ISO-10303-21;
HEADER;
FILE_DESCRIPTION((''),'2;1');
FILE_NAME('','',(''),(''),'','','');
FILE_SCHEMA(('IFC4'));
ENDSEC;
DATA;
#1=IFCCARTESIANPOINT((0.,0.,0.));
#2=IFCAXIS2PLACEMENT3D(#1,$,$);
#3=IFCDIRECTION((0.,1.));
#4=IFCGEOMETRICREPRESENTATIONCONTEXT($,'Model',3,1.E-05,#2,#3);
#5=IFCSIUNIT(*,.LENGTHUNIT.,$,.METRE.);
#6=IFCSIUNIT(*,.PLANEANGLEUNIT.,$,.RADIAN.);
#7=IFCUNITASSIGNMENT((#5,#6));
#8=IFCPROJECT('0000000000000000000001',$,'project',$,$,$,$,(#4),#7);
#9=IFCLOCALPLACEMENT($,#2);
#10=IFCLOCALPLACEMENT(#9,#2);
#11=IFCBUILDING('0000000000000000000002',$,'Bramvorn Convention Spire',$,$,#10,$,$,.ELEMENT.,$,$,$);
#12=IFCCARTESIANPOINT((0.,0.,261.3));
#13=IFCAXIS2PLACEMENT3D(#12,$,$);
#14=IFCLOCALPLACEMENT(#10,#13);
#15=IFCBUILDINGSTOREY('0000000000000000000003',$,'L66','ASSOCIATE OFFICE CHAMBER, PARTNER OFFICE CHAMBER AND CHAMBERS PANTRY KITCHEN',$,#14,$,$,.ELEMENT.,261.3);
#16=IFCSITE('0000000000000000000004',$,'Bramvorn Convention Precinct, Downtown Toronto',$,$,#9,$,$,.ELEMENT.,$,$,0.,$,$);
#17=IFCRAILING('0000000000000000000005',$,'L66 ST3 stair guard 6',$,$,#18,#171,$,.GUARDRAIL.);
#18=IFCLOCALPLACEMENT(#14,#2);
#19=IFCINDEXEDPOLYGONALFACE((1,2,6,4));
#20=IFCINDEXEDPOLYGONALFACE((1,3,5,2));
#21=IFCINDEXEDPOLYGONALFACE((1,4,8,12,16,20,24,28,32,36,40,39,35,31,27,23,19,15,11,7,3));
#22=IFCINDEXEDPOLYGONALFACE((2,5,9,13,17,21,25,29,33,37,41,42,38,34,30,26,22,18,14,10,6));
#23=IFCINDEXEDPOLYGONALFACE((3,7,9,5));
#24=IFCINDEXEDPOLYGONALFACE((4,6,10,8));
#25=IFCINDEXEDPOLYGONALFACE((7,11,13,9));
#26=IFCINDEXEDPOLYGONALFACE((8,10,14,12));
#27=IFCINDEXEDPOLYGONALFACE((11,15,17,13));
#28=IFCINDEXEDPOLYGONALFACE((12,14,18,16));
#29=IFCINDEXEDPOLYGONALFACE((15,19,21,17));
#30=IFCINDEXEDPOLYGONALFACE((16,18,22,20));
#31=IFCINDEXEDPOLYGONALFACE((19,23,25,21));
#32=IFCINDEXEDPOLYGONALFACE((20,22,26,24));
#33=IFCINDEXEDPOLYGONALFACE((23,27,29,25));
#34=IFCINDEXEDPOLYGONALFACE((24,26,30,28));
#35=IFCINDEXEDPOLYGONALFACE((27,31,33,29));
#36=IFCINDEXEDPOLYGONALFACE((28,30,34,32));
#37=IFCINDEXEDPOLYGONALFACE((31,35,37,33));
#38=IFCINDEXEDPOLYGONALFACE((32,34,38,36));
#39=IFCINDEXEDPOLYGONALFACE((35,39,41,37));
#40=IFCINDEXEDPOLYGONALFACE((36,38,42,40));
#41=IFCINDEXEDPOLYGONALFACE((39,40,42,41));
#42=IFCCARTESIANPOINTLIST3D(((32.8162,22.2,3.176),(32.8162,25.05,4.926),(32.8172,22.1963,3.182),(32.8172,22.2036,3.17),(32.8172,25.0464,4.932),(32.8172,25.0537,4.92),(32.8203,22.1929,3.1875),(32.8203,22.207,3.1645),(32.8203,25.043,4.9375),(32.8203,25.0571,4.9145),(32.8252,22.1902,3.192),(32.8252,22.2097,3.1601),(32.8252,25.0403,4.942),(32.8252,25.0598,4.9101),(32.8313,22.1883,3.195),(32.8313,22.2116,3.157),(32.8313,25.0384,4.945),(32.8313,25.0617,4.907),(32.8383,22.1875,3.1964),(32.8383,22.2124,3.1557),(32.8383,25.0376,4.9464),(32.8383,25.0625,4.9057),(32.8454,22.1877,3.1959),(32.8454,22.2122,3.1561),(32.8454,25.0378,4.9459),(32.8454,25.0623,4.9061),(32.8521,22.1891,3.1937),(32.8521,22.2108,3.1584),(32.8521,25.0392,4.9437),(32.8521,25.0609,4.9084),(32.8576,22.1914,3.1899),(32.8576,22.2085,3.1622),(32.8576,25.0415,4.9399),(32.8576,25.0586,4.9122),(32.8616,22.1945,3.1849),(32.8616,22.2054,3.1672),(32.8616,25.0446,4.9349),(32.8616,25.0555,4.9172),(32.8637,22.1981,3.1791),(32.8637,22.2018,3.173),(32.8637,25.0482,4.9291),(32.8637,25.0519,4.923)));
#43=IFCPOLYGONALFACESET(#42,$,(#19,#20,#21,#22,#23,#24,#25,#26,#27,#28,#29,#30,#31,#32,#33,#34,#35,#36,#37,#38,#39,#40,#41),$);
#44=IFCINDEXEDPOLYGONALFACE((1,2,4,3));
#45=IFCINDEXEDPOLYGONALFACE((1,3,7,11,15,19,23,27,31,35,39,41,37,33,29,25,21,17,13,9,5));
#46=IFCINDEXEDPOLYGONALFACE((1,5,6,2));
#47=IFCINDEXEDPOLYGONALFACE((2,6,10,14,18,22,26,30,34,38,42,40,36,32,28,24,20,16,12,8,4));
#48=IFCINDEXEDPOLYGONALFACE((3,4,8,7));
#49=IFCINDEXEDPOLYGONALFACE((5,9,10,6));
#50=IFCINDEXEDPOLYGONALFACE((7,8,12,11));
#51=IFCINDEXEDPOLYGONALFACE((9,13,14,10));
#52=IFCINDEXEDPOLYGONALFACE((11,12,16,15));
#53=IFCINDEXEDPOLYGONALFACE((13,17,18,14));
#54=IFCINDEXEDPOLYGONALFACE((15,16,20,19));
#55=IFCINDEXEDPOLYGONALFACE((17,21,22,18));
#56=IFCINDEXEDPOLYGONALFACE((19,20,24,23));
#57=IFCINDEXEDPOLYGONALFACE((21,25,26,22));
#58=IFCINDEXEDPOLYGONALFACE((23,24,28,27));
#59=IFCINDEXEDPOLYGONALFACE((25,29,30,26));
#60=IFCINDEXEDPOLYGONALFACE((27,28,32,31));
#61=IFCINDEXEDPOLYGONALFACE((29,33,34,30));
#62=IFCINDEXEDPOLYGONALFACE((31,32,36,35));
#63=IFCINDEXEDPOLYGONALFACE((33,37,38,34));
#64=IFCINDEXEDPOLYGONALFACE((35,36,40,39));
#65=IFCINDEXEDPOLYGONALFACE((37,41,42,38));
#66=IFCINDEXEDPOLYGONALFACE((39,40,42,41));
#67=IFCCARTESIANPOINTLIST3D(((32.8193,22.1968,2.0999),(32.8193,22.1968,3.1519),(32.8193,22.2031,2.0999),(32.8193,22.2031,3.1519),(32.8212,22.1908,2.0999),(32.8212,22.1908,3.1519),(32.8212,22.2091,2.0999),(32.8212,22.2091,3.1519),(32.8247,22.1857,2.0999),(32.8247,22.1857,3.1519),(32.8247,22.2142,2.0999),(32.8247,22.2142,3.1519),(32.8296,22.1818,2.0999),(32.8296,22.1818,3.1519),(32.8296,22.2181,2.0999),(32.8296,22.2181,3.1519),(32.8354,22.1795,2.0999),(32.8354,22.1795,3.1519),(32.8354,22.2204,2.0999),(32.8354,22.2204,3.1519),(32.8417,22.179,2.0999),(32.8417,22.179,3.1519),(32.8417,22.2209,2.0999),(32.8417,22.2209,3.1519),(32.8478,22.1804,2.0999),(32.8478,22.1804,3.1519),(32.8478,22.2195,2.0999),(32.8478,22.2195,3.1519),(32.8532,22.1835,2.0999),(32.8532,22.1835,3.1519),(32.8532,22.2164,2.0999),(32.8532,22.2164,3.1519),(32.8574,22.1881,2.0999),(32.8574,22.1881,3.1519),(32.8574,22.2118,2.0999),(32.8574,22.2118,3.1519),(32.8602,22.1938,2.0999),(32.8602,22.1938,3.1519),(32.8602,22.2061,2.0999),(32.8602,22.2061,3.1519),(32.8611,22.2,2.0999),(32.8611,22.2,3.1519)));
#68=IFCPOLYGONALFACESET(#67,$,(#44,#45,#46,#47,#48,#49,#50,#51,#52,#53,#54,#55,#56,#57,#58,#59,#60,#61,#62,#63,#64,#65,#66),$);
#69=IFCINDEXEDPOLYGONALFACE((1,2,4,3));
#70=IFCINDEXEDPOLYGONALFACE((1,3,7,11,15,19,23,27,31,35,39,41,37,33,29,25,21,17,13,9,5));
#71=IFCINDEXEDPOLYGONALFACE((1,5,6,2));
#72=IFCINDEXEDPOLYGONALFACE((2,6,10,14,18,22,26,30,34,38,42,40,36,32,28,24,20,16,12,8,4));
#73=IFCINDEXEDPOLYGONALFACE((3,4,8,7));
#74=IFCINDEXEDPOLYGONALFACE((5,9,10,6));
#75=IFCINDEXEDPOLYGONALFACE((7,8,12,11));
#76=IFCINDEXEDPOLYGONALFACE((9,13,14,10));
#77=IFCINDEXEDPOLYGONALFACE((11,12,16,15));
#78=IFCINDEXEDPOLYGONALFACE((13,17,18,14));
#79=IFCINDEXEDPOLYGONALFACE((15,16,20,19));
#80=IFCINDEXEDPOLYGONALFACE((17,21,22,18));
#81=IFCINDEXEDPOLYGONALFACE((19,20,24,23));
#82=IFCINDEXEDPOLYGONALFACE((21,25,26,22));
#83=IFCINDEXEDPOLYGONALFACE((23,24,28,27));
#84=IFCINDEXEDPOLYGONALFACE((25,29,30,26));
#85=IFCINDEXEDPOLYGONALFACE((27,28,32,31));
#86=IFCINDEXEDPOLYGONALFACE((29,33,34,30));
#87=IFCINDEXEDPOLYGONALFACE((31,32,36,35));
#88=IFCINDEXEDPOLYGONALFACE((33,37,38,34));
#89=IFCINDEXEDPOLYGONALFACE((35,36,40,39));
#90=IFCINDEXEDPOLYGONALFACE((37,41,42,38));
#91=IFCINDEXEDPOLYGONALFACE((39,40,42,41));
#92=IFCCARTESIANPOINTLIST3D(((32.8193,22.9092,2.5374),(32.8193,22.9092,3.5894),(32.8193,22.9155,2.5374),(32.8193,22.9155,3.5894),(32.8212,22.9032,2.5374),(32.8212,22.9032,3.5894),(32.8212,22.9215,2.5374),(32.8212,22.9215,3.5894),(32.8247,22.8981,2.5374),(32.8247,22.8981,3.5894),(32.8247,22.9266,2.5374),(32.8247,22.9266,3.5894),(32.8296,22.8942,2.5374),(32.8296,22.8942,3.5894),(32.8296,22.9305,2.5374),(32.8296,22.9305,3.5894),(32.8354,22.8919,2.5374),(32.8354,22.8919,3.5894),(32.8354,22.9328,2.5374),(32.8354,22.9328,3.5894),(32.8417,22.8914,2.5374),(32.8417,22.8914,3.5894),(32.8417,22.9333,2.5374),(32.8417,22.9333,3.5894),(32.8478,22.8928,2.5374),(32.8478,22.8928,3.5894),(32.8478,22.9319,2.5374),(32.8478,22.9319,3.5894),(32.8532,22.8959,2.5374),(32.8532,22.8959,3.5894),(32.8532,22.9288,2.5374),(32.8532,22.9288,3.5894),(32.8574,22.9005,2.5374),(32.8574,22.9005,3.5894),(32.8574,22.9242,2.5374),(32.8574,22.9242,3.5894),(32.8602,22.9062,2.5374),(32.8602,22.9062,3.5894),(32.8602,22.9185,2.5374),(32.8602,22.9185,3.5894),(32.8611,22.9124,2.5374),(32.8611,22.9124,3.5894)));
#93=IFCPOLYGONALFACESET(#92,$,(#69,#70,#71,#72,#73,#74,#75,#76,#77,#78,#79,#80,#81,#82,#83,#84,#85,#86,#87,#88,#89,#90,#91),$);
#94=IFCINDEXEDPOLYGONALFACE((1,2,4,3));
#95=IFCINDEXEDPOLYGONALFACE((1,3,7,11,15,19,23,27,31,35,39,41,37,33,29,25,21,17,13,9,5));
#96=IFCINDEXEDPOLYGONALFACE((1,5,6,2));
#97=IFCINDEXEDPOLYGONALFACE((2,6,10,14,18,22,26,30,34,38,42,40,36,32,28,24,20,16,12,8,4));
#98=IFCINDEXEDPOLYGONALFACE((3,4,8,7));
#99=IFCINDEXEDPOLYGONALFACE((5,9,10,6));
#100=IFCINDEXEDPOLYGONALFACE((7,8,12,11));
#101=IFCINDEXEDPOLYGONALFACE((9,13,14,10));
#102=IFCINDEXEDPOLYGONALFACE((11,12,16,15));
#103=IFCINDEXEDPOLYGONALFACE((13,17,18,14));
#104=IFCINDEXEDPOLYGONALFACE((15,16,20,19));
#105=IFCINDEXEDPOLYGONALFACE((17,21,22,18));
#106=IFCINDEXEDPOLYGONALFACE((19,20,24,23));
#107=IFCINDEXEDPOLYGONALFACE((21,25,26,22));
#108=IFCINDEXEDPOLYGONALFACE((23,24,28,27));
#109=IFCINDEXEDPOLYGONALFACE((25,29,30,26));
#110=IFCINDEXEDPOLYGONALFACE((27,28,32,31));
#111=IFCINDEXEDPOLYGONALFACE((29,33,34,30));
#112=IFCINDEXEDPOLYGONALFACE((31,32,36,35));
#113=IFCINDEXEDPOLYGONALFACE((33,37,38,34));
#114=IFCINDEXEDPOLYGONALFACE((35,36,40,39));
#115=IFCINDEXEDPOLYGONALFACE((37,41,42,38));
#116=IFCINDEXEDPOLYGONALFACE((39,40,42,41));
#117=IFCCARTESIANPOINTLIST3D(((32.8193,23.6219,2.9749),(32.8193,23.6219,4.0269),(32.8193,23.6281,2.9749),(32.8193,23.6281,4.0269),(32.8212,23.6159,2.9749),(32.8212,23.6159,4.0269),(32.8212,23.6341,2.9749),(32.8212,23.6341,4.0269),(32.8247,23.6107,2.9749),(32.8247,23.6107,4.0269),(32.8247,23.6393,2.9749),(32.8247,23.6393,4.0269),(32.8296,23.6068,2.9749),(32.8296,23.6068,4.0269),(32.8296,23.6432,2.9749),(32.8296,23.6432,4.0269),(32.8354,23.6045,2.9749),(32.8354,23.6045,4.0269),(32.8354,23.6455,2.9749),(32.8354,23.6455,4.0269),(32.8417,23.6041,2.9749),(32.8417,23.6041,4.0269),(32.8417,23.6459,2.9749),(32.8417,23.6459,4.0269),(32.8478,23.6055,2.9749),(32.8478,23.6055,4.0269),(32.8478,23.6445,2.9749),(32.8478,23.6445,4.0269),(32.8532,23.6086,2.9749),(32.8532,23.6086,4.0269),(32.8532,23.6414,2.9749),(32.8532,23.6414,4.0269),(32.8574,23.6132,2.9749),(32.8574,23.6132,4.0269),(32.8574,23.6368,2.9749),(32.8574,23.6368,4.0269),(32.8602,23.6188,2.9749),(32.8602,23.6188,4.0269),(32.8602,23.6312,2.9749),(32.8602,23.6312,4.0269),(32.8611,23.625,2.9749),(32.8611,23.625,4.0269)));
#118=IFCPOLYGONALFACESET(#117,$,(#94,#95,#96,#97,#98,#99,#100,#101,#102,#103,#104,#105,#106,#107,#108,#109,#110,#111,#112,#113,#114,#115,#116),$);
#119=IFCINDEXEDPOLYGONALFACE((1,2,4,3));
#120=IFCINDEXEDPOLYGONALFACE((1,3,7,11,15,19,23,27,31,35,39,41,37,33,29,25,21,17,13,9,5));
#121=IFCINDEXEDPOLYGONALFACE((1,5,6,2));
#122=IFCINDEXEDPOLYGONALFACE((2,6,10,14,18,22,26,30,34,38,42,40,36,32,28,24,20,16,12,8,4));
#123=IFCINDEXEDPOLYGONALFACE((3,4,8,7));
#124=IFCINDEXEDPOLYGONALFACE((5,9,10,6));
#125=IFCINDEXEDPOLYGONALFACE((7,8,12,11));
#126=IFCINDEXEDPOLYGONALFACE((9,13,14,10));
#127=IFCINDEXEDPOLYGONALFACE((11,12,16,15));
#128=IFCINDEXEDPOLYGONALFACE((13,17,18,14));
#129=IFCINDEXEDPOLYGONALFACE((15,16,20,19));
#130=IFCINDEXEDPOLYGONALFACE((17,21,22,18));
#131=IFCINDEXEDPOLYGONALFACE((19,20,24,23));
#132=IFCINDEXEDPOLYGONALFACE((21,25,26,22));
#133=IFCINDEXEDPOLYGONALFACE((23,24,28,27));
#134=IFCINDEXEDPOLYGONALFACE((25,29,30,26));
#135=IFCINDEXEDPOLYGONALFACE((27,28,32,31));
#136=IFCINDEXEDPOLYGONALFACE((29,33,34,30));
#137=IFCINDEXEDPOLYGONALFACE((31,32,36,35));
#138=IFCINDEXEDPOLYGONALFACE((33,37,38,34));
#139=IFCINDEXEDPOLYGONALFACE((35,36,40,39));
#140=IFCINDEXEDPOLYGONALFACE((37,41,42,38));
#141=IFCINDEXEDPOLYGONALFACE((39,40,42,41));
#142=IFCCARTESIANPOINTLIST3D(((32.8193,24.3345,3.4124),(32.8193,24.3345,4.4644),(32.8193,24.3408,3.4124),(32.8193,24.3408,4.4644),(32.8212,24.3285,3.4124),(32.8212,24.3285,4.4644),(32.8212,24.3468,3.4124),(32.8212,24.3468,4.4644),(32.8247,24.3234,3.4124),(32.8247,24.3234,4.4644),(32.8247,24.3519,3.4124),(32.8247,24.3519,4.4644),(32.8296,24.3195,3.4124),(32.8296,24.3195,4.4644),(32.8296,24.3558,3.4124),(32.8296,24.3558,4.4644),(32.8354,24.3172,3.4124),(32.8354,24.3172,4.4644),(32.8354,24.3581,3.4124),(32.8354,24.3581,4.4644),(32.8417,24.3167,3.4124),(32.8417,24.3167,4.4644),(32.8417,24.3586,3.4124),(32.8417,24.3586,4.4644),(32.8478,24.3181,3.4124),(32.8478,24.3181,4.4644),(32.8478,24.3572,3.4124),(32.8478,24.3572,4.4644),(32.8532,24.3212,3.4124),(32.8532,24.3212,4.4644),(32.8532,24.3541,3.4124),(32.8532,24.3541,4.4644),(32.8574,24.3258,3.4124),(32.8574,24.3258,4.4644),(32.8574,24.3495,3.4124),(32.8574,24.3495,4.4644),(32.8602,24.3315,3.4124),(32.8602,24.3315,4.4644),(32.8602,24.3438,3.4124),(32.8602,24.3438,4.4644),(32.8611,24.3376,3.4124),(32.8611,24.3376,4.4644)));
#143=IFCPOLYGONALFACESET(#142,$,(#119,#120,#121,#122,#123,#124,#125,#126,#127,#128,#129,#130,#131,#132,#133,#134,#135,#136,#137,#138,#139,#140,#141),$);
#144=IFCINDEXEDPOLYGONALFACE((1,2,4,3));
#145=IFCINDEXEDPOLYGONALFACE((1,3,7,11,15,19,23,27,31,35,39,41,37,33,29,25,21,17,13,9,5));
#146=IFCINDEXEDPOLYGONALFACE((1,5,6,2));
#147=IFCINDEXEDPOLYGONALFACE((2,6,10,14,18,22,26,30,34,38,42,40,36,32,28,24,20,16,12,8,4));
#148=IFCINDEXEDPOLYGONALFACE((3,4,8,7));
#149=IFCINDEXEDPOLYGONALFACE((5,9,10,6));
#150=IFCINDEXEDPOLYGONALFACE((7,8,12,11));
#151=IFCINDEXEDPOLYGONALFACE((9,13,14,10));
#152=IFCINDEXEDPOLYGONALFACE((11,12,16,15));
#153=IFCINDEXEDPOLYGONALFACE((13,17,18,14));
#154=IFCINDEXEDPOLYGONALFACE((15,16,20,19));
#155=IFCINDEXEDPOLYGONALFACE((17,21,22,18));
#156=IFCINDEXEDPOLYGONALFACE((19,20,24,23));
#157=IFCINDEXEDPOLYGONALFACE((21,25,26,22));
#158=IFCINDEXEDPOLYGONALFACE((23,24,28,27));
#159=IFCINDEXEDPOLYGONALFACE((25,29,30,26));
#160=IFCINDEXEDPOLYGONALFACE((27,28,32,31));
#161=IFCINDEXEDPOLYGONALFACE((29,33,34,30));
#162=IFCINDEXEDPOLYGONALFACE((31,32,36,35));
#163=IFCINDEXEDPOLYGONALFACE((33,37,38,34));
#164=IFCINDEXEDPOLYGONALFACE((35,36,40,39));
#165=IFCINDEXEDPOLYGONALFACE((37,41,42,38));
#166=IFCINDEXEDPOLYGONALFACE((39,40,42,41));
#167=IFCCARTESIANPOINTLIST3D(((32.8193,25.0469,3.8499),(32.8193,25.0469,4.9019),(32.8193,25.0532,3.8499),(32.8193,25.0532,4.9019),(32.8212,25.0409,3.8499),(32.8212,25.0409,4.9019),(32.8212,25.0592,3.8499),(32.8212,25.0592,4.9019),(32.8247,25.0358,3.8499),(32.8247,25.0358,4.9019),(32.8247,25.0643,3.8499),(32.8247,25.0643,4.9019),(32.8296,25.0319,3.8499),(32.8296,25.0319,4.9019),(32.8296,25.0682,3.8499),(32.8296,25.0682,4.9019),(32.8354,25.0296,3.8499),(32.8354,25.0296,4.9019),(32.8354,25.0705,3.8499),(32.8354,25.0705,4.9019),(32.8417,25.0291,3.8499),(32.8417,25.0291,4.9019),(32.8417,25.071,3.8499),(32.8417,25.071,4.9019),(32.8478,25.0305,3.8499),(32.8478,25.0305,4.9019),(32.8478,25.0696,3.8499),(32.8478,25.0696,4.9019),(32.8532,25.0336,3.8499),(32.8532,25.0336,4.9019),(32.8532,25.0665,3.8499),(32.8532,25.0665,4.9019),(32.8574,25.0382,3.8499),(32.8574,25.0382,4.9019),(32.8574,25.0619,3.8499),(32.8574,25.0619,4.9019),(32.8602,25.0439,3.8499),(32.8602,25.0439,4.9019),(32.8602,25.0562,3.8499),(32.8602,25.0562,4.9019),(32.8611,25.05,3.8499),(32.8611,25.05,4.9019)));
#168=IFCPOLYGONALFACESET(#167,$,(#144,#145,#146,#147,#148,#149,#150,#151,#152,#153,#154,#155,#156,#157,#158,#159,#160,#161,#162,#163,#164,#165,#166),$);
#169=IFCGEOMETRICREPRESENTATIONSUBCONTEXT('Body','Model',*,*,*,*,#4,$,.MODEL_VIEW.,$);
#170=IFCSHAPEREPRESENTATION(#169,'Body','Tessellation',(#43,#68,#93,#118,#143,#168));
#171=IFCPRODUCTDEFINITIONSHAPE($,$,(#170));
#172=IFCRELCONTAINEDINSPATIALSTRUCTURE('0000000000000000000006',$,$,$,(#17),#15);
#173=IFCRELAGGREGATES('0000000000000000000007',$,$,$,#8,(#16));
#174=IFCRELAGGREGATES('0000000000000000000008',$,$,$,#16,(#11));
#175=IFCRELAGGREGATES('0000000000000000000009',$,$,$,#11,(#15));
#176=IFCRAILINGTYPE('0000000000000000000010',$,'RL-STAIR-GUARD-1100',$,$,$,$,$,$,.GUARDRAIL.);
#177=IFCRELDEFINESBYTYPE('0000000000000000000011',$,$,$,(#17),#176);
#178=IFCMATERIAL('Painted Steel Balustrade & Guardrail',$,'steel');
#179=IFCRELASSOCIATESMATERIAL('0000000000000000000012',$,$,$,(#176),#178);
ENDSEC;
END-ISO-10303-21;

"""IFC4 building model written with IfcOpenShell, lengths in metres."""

from ifc_helpers import new_model, si_unit, direction, frame, origin, origin_2d, place, context, subcontext, project, spatial, circle, extrude, material, type_object, element, save


model = new_model("IFC4")

# Units and contexts
model_context = context("Model", 3, precision=1e-05, world=origin(), true_north=direction((0.0, 1.0)))
body_context = subcontext(model_context, "Body", "Model", "MODEL_VIEW")
ifc_project = project(units=[si_unit("LENGTHUNIT", "METRE"), si_unit("PLANEANGLEUNIT", "RADIAN")], contexts=[model_context])

# Site, building, storey
site_placement = place(None, origin())
site = spatial("IfcSite", under=ifc_project, at=site_placement, Name="Bramvorn Convention Precinct, Downtown Toronto", CompositionType="ELEMENT", RefElevation=0.0)
building_placement = place(site_placement, origin())
building = spatial("IfcBuilding", under=site, at=building_placement, Name="Bramvorn Convention Spire", CompositionType="ELEMENT")
storey_placement = place(building_placement, frame((0.0, 0.0, 261.3)))
storey = spatial("IfcBuildingStorey", under=building, at=storey_placement, Name="L66", Description="ASSOCIATE OFFICE CHAMBER, PARTNER OFFICE CHAMBER AND CHAMBERS PANTRY KITCHEN", CompositionType="ELEMENT", Elevation=261.3)

# Railing
ifc_material_1 = material(Name="Painted Steel Balustrade & Guardrail", Category="steel")
railing_type_1 = type_object("IfcRailingType", Name="RL-STAIR-GUARD-1100", PredefinedType="GUARDRAIL", material=ifc_material_1)
railing_1_placement = place(storey_placement, frame((32.8401, 22.2, 2.0999)))
element("IfcRailing", 1, at=railing_1_placement, inside=storey, type_object=railing_type_1, Name="L66 ST3 stair guard 6", PredefinedType="GUARDRAIL", context=body_context, shape_type="SweptSolid", body=[
    extrude(circle(Radius=0.0239, at=origin_2d()), frame((0.0, 0.0, 1.0762), z_axis=(0.0, 0.852179, 0.52325), x_axis=(-1.0, 0.0, 0.0)), (0.0, 0.0, 1.0), 3.3445),
    extrude(circle(Radius=0.021, at=origin_2d()), origin(), (0.0, 0.0, 1.0), 1.052),
    extrude(circle(Radius=0.021, at=origin_2d()), frame((0.0, 0.7124, 0.4375)), (0.0, 0.0, 1.0), 1.052),
    extrude(circle(Radius=0.021, at=origin_2d()), frame((0.0, 1.425, 0.875)), (0.0, 0.0, 1.0), 1.052),
    extrude(circle(Radius=0.021, at=origin_2d()), frame((0.0, 2.1377, 1.3125)), (0.0, 0.0, 1.0), 1.052),
    extrude(circle(Radius=0.021, at=origin_2d()), frame((0.0, 2.8501, 1.75)), (0.0, 0.0, 1.0), 1.052),
])

save(model, "model.ifc")
